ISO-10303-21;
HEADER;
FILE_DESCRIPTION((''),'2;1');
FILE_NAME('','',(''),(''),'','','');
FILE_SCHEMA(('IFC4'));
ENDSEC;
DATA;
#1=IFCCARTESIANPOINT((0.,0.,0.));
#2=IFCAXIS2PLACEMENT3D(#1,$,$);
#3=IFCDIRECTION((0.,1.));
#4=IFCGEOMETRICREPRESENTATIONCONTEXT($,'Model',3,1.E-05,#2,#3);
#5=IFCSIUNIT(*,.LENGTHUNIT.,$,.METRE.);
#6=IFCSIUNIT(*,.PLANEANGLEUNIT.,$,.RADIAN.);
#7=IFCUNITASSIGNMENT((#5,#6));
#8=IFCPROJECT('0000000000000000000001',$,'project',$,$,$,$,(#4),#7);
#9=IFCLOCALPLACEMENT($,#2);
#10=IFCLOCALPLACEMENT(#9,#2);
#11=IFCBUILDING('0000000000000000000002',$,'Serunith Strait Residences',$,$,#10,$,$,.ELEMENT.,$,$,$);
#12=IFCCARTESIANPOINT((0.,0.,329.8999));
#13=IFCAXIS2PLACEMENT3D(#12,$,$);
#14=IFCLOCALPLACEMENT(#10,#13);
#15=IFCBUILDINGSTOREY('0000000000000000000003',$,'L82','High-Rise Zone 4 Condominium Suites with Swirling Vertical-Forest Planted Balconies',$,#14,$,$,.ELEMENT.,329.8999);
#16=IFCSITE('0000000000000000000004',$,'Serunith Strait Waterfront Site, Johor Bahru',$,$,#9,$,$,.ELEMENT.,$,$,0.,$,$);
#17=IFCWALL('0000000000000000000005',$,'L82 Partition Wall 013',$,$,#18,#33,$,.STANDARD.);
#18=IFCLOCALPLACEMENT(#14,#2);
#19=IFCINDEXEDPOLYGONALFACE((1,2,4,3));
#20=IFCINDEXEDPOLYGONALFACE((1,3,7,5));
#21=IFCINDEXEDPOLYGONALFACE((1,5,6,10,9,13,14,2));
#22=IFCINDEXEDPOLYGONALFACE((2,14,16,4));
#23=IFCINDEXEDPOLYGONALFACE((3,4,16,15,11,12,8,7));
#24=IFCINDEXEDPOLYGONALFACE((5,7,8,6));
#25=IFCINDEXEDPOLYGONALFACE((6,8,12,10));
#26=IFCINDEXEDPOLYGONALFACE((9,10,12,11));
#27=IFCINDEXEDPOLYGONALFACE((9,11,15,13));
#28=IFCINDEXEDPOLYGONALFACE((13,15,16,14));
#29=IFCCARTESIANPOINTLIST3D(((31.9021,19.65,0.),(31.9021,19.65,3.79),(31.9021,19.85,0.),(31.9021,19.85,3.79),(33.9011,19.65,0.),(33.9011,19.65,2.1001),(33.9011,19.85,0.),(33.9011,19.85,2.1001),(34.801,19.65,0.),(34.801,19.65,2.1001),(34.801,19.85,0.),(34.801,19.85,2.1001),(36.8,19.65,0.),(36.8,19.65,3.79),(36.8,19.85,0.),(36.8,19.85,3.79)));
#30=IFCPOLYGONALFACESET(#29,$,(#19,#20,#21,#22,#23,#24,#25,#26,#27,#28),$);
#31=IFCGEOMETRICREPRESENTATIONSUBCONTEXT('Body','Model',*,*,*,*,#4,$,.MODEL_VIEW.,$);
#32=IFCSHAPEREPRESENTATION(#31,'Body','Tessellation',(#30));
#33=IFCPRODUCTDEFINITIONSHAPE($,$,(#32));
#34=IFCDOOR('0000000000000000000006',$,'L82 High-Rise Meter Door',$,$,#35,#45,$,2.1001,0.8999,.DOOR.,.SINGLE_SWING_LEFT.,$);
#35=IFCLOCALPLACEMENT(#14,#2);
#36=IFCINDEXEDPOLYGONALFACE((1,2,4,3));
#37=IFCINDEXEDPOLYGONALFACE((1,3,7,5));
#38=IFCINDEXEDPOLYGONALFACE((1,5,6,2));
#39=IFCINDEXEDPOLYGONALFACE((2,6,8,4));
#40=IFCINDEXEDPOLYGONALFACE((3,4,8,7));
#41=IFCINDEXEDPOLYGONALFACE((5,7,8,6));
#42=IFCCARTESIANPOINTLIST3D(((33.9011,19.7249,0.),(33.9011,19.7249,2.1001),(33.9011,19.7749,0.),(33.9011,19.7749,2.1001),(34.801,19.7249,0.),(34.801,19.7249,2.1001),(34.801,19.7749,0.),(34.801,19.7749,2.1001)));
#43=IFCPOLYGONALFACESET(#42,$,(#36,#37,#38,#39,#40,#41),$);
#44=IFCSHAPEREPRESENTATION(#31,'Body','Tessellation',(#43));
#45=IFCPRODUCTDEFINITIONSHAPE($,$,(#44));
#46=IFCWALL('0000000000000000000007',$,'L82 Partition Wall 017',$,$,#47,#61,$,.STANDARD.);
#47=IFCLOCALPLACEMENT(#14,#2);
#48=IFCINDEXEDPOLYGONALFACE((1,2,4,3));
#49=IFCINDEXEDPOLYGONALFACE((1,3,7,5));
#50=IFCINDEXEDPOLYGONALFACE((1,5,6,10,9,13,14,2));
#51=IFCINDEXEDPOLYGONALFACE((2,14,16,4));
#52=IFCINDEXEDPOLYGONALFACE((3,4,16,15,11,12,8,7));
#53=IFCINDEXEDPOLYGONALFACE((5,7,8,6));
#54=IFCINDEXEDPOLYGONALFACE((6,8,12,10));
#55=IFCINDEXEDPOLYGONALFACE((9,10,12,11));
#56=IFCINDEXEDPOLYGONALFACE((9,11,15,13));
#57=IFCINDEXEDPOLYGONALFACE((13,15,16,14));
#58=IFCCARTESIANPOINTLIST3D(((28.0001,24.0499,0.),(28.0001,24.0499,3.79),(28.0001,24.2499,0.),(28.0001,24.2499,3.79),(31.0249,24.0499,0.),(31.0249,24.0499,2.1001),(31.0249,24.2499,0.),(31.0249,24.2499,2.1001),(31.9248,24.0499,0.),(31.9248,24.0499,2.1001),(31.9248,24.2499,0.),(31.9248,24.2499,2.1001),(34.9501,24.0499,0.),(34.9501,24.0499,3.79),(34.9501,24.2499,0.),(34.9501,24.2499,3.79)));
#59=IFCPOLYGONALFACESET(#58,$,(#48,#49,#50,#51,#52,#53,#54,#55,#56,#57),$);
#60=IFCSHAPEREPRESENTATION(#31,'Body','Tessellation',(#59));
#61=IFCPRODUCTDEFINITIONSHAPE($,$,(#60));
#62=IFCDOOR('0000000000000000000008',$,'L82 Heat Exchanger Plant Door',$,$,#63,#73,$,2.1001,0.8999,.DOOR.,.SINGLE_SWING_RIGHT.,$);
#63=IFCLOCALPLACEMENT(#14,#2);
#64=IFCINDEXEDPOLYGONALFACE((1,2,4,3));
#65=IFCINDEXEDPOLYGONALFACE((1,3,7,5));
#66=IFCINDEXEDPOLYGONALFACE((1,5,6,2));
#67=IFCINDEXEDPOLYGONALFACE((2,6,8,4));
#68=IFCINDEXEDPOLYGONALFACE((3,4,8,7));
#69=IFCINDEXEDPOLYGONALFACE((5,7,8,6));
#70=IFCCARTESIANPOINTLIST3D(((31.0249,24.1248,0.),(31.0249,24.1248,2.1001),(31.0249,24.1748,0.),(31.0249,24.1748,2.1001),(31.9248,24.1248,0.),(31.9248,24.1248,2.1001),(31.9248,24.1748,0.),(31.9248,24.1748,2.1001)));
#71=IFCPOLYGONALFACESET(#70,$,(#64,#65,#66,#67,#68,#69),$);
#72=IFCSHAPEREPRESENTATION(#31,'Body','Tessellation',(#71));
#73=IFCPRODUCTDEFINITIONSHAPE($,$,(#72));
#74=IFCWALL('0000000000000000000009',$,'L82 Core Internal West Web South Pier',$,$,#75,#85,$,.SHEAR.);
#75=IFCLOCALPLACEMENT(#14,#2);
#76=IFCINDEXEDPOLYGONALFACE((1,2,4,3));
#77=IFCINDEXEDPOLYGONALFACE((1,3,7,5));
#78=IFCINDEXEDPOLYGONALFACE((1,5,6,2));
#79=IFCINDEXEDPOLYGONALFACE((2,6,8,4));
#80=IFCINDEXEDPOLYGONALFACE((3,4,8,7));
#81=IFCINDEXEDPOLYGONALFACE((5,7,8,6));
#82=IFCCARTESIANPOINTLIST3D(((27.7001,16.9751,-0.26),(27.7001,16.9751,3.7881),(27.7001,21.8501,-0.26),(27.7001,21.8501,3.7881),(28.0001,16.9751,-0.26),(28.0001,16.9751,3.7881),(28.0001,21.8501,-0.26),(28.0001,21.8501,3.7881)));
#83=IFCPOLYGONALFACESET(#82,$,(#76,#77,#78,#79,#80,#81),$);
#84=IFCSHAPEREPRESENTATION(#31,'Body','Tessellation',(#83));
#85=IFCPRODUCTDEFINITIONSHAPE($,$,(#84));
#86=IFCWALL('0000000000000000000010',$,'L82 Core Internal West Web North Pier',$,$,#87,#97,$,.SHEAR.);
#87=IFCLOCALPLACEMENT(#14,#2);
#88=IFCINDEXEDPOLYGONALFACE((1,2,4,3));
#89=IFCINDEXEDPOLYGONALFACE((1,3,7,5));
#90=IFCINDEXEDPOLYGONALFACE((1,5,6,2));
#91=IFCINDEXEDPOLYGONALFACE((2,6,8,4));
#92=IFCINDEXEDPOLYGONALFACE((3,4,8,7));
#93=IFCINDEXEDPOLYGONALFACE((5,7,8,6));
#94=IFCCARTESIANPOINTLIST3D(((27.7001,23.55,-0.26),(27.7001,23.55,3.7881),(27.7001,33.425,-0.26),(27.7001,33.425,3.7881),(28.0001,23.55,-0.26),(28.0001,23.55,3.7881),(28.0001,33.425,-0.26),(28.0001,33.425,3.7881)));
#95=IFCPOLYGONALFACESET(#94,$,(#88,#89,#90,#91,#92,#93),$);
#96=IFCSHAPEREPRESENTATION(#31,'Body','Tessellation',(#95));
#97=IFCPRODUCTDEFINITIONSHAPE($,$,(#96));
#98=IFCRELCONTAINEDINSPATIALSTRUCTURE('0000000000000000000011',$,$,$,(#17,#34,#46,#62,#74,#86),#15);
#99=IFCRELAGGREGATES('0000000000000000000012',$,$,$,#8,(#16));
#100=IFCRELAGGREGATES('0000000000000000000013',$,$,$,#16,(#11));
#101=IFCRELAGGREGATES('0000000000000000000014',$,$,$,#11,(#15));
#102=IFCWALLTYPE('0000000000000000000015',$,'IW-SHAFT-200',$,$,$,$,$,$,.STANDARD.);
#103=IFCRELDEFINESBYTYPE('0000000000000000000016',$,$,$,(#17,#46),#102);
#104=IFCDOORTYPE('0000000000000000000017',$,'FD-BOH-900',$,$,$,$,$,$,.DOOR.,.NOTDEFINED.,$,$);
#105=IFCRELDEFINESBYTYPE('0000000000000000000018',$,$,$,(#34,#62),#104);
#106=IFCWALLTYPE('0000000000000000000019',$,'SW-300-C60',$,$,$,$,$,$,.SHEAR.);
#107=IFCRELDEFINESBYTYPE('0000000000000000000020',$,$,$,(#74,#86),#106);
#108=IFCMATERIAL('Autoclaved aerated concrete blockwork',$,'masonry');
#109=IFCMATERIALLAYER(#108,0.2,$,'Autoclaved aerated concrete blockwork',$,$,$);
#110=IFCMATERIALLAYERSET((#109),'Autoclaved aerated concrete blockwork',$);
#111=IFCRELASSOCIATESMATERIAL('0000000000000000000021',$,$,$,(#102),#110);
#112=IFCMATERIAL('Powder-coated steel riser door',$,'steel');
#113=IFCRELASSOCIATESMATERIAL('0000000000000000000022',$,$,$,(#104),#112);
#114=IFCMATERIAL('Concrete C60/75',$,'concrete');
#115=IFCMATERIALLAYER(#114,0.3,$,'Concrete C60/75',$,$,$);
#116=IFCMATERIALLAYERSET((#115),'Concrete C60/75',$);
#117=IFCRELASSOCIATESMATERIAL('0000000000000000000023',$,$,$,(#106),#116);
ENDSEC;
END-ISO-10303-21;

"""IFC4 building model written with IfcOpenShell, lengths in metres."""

from ifc_helpers import new_model, si_unit, direction, frame, frame_2d, origin, place, context, subcontext, project, spatial, rectangle, extrude, source, transform, mapped, material, layer, layer_set, type_object, element, fill, save


model = new_model("IFC4")

# Units and contexts
model_context = context("Model", 3, precision=1e-05, world=origin(), true_north=direction((0.0, 1.0)))
body_context = subcontext(model_context, "Body", "Model", "MODEL_VIEW")
ifc_project = project(units=[si_unit("LENGTHUNIT", "METRE"), si_unit("PLANEANGLEUNIT", "RADIAN")], contexts=[model_context])

# Site, building, storey
site_placement = place(None, origin())
site = spatial("IfcSite", under=ifc_project, at=site_placement, Name="Serunith Strait Waterfront Site, Johor Bahru", CompositionType="ELEMENT", RefElevation=0.0)
building_placement = place(site_placement, origin())
building = spatial("IfcBuilding", under=site, at=building_placement, Name="Serunith Strait Residences", CompositionType="ELEMENT")
storey_placement = place(building_placement, frame((0.0, 0.0, 329.8999)))
storey = spatial("IfcBuildingStorey", under=building, at=storey_placement, Name="L82", Description="High-Rise Zone 4 Condominium Suites with Swirling Vertical-Forest Planted Balconies", CompositionType="ELEMENT", Elevation=329.8999)

# Shared definitions
ifc_material_1 = material(Name="Autoclaved aerated concrete blockwork", Category="masonry")
ifc_layer_1 = layer(ifc_material_1, 0.2, Name="Autoclaved aerated concrete blockwork")
ifc_layer_set_1 = layer_set([ifc_layer_1], Name="Autoclaved aerated concrete blockwork")
wall_type_1 = type_object("IfcWallType", Name="IW-SHAFT-200", PredefinedType="STANDARD", material=ifc_layer_set_1)

# Walls, openings, doors
ifc_material_2 = material(Name="Powder-coated steel riser door", Category="steel")
door_type_1 = type_object("IfcDoorType", Name="FD-BOH-900", OperationType="NOTDEFINED", PredefinedType="DOOR", material=ifc_material_2)
shared_shape_1 = source(origin(), body_context, "Body", "SweptSolid", [
    extrude(rectangle(XDim=0.8999, YDim=2.1001, at=frame_2d((0.45, 1.05))), frame((0.0, 0.0249, 0.0), z_axis=(0.0, -1.0, 0.0), x_axis=(1.0, 0.0, 0.0)), (0.0, 0.0, 1.0), 0.05),
])
wall_1_placement = place(storey_placement, frame((31.9021, 19.75, 0.0), z_axis=(0.0, 0.0, 1.0), x_axis=(1.0, 0.0, 0.0)))
wall_1 = element("IfcWall", 1, at=wall_1_placement, inside=storey, type_object=wall_type_1, Name="L82 Partition Wall 013", PredefinedType="STANDARD", context=body_context, shape_type="SweptSolid", body=[
    extrude(rectangle(XDim=4.8979, YDim=0.2, at=frame_2d((2.449, 0.0))), origin(), (0.0, 0.0, 1.0), 3.79),
])
opening_1_placement = place(wall_1_placement, frame((1.999, 0.0, 0.0)))
opening_1 = element("IfcOpeningElement", 2, at=opening_1_placement, cuts=wall_1, PredefinedType="OPENING", context=body_context, shape_type="SweptSolid", body=[
    extrude(rectangle(XDim=0.8999, YDim=2.1001, at=frame_2d((0.45, 1.05))), frame((0.0, 0.1099, 0.0), z_axis=(0.0, -1.0, 0.0), x_axis=(1.0, 0.0, 0.0)), (0.0, 0.0, 1.0), 0.22),
])
door_1_placement = place(opening_1_placement, origin())
door_1 = element("IfcDoor", 3, at=door_1_placement, inside=storey, type_object=door_type_1, Name="L82 High-Rise Meter Door", OperationType="SINGLE_SWING_LEFT", OverallHeight=2.1001, OverallWidth=0.8999, PredefinedType="DOOR", context=body_context, shape_type="MappedRepresentation", body=[
    mapped(shared_shape_1, transform((0.0, 0.0, 0.0), scale=1.0)),
])
fill(opening_1, door_1)
wall_2_placement = place(storey_placement, frame((28.0, 24.1499, 0.0), z_axis=(0.0, 0.0, 1.0), x_axis=(1.0, 0.0, 0.0)))
wall_2 = element("IfcWall", 4, at=wall_2_placement, inside=storey, type_object=wall_type_1, Name="L82 Partition Wall 017", PredefinedType="STANDARD", context=body_context, shape_type="SweptSolid", body=[
    extrude(rectangle(XDim=6.95, YDim=0.2, at=frame_2d((3.4751, 0.0))), origin(), (0.0, 0.0, 1.0), 3.79),
])
opening_2_placement = place(wall_2_placement, frame((3.0249, 0.0, 0.0)))
opening_2 = element("IfcOpeningElement", 5, at=opening_2_placement, cuts=wall_2, PredefinedType="OPENING", context=body_context, shape_type="SweptSolid", body=[
    extrude(rectangle(XDim=0.8999, YDim=2.1001, at=frame_2d((0.45, 1.05))), frame((0.0, 0.1099, 0.0), z_axis=(0.0, -1.0, 0.0), x_axis=(1.0, 0.0, 0.0)), (0.0, 0.0, 1.0), 0.22),
])
door_2_placement = place(opening_2_placement, origin())
door_2 = element("IfcDoor", 6, at=door_2_placement, inside=storey, type_object=door_type_1, Name="L82 Heat Exchanger Plant Door", OperationType="SINGLE_SWING_RIGHT", OverallHeight=2.1001, OverallWidth=0.8999, PredefinedType="DOOR", context=body_context, shape_type="MappedRepresentation", body=[
    mapped(shared_shape_1, transform((0.0, 0.0, 0.0), scale=1.0)),
])
fill(opening_2, door_2)

# Walls
ifc_material_3 = material(Name="Concrete C60/75", Category="concrete")
ifc_layer_2 = layer(ifc_material_3, 0.3, Name="Concrete C60/75")
ifc_layer_set_2 = layer_set([ifc_layer_2], Name="Concrete C60/75")
wall_type_2 = type_object("IfcWallType", Name="SW-300-C60", PredefinedType="SHEAR", material=ifc_layer_set_2)
wall_3_placement = place(storey_placement, frame((27.8501, 16.9751, -0.26), z_axis=(0.0, 0.0, 1.0), x_axis=(0.0, 1.0, 0.0)))
element("IfcWall", 7, at=wall_3_placement, inside=storey, type_object=wall_type_2, Name="L82 Core Internal West Web South Pier", PredefinedType="SHEAR", context=body_context, shape_type="SweptSolid", body=[
    extrude(rectangle(XDim=4.875, YDim=0.3, at=frame_2d((2.4375, 0.0))), origin(), (0.0, 0.0, 1.0), 4.0481),
])
wall_4_placement = place(storey_placement, frame((27.8501, 23.55, -0.26), z_axis=(0.0, 0.0, 1.0), x_axis=(0.0, 1.0, 0.0)))
element("IfcWall", 8, at=wall_4_placement, inside=storey, type_object=wall_type_2, Name="L82 Core Internal West Web North Pier", PredefinedType="SHEAR", context=body_context, shape_type="SweptSolid", body=[
    extrude(rectangle(XDim=9.875, YDim=0.3, at=frame_2d((4.9375, 0.0))), origin(), (0.0, 0.0, 1.0), 4.0481),
])

save(model, "model.ifc")
